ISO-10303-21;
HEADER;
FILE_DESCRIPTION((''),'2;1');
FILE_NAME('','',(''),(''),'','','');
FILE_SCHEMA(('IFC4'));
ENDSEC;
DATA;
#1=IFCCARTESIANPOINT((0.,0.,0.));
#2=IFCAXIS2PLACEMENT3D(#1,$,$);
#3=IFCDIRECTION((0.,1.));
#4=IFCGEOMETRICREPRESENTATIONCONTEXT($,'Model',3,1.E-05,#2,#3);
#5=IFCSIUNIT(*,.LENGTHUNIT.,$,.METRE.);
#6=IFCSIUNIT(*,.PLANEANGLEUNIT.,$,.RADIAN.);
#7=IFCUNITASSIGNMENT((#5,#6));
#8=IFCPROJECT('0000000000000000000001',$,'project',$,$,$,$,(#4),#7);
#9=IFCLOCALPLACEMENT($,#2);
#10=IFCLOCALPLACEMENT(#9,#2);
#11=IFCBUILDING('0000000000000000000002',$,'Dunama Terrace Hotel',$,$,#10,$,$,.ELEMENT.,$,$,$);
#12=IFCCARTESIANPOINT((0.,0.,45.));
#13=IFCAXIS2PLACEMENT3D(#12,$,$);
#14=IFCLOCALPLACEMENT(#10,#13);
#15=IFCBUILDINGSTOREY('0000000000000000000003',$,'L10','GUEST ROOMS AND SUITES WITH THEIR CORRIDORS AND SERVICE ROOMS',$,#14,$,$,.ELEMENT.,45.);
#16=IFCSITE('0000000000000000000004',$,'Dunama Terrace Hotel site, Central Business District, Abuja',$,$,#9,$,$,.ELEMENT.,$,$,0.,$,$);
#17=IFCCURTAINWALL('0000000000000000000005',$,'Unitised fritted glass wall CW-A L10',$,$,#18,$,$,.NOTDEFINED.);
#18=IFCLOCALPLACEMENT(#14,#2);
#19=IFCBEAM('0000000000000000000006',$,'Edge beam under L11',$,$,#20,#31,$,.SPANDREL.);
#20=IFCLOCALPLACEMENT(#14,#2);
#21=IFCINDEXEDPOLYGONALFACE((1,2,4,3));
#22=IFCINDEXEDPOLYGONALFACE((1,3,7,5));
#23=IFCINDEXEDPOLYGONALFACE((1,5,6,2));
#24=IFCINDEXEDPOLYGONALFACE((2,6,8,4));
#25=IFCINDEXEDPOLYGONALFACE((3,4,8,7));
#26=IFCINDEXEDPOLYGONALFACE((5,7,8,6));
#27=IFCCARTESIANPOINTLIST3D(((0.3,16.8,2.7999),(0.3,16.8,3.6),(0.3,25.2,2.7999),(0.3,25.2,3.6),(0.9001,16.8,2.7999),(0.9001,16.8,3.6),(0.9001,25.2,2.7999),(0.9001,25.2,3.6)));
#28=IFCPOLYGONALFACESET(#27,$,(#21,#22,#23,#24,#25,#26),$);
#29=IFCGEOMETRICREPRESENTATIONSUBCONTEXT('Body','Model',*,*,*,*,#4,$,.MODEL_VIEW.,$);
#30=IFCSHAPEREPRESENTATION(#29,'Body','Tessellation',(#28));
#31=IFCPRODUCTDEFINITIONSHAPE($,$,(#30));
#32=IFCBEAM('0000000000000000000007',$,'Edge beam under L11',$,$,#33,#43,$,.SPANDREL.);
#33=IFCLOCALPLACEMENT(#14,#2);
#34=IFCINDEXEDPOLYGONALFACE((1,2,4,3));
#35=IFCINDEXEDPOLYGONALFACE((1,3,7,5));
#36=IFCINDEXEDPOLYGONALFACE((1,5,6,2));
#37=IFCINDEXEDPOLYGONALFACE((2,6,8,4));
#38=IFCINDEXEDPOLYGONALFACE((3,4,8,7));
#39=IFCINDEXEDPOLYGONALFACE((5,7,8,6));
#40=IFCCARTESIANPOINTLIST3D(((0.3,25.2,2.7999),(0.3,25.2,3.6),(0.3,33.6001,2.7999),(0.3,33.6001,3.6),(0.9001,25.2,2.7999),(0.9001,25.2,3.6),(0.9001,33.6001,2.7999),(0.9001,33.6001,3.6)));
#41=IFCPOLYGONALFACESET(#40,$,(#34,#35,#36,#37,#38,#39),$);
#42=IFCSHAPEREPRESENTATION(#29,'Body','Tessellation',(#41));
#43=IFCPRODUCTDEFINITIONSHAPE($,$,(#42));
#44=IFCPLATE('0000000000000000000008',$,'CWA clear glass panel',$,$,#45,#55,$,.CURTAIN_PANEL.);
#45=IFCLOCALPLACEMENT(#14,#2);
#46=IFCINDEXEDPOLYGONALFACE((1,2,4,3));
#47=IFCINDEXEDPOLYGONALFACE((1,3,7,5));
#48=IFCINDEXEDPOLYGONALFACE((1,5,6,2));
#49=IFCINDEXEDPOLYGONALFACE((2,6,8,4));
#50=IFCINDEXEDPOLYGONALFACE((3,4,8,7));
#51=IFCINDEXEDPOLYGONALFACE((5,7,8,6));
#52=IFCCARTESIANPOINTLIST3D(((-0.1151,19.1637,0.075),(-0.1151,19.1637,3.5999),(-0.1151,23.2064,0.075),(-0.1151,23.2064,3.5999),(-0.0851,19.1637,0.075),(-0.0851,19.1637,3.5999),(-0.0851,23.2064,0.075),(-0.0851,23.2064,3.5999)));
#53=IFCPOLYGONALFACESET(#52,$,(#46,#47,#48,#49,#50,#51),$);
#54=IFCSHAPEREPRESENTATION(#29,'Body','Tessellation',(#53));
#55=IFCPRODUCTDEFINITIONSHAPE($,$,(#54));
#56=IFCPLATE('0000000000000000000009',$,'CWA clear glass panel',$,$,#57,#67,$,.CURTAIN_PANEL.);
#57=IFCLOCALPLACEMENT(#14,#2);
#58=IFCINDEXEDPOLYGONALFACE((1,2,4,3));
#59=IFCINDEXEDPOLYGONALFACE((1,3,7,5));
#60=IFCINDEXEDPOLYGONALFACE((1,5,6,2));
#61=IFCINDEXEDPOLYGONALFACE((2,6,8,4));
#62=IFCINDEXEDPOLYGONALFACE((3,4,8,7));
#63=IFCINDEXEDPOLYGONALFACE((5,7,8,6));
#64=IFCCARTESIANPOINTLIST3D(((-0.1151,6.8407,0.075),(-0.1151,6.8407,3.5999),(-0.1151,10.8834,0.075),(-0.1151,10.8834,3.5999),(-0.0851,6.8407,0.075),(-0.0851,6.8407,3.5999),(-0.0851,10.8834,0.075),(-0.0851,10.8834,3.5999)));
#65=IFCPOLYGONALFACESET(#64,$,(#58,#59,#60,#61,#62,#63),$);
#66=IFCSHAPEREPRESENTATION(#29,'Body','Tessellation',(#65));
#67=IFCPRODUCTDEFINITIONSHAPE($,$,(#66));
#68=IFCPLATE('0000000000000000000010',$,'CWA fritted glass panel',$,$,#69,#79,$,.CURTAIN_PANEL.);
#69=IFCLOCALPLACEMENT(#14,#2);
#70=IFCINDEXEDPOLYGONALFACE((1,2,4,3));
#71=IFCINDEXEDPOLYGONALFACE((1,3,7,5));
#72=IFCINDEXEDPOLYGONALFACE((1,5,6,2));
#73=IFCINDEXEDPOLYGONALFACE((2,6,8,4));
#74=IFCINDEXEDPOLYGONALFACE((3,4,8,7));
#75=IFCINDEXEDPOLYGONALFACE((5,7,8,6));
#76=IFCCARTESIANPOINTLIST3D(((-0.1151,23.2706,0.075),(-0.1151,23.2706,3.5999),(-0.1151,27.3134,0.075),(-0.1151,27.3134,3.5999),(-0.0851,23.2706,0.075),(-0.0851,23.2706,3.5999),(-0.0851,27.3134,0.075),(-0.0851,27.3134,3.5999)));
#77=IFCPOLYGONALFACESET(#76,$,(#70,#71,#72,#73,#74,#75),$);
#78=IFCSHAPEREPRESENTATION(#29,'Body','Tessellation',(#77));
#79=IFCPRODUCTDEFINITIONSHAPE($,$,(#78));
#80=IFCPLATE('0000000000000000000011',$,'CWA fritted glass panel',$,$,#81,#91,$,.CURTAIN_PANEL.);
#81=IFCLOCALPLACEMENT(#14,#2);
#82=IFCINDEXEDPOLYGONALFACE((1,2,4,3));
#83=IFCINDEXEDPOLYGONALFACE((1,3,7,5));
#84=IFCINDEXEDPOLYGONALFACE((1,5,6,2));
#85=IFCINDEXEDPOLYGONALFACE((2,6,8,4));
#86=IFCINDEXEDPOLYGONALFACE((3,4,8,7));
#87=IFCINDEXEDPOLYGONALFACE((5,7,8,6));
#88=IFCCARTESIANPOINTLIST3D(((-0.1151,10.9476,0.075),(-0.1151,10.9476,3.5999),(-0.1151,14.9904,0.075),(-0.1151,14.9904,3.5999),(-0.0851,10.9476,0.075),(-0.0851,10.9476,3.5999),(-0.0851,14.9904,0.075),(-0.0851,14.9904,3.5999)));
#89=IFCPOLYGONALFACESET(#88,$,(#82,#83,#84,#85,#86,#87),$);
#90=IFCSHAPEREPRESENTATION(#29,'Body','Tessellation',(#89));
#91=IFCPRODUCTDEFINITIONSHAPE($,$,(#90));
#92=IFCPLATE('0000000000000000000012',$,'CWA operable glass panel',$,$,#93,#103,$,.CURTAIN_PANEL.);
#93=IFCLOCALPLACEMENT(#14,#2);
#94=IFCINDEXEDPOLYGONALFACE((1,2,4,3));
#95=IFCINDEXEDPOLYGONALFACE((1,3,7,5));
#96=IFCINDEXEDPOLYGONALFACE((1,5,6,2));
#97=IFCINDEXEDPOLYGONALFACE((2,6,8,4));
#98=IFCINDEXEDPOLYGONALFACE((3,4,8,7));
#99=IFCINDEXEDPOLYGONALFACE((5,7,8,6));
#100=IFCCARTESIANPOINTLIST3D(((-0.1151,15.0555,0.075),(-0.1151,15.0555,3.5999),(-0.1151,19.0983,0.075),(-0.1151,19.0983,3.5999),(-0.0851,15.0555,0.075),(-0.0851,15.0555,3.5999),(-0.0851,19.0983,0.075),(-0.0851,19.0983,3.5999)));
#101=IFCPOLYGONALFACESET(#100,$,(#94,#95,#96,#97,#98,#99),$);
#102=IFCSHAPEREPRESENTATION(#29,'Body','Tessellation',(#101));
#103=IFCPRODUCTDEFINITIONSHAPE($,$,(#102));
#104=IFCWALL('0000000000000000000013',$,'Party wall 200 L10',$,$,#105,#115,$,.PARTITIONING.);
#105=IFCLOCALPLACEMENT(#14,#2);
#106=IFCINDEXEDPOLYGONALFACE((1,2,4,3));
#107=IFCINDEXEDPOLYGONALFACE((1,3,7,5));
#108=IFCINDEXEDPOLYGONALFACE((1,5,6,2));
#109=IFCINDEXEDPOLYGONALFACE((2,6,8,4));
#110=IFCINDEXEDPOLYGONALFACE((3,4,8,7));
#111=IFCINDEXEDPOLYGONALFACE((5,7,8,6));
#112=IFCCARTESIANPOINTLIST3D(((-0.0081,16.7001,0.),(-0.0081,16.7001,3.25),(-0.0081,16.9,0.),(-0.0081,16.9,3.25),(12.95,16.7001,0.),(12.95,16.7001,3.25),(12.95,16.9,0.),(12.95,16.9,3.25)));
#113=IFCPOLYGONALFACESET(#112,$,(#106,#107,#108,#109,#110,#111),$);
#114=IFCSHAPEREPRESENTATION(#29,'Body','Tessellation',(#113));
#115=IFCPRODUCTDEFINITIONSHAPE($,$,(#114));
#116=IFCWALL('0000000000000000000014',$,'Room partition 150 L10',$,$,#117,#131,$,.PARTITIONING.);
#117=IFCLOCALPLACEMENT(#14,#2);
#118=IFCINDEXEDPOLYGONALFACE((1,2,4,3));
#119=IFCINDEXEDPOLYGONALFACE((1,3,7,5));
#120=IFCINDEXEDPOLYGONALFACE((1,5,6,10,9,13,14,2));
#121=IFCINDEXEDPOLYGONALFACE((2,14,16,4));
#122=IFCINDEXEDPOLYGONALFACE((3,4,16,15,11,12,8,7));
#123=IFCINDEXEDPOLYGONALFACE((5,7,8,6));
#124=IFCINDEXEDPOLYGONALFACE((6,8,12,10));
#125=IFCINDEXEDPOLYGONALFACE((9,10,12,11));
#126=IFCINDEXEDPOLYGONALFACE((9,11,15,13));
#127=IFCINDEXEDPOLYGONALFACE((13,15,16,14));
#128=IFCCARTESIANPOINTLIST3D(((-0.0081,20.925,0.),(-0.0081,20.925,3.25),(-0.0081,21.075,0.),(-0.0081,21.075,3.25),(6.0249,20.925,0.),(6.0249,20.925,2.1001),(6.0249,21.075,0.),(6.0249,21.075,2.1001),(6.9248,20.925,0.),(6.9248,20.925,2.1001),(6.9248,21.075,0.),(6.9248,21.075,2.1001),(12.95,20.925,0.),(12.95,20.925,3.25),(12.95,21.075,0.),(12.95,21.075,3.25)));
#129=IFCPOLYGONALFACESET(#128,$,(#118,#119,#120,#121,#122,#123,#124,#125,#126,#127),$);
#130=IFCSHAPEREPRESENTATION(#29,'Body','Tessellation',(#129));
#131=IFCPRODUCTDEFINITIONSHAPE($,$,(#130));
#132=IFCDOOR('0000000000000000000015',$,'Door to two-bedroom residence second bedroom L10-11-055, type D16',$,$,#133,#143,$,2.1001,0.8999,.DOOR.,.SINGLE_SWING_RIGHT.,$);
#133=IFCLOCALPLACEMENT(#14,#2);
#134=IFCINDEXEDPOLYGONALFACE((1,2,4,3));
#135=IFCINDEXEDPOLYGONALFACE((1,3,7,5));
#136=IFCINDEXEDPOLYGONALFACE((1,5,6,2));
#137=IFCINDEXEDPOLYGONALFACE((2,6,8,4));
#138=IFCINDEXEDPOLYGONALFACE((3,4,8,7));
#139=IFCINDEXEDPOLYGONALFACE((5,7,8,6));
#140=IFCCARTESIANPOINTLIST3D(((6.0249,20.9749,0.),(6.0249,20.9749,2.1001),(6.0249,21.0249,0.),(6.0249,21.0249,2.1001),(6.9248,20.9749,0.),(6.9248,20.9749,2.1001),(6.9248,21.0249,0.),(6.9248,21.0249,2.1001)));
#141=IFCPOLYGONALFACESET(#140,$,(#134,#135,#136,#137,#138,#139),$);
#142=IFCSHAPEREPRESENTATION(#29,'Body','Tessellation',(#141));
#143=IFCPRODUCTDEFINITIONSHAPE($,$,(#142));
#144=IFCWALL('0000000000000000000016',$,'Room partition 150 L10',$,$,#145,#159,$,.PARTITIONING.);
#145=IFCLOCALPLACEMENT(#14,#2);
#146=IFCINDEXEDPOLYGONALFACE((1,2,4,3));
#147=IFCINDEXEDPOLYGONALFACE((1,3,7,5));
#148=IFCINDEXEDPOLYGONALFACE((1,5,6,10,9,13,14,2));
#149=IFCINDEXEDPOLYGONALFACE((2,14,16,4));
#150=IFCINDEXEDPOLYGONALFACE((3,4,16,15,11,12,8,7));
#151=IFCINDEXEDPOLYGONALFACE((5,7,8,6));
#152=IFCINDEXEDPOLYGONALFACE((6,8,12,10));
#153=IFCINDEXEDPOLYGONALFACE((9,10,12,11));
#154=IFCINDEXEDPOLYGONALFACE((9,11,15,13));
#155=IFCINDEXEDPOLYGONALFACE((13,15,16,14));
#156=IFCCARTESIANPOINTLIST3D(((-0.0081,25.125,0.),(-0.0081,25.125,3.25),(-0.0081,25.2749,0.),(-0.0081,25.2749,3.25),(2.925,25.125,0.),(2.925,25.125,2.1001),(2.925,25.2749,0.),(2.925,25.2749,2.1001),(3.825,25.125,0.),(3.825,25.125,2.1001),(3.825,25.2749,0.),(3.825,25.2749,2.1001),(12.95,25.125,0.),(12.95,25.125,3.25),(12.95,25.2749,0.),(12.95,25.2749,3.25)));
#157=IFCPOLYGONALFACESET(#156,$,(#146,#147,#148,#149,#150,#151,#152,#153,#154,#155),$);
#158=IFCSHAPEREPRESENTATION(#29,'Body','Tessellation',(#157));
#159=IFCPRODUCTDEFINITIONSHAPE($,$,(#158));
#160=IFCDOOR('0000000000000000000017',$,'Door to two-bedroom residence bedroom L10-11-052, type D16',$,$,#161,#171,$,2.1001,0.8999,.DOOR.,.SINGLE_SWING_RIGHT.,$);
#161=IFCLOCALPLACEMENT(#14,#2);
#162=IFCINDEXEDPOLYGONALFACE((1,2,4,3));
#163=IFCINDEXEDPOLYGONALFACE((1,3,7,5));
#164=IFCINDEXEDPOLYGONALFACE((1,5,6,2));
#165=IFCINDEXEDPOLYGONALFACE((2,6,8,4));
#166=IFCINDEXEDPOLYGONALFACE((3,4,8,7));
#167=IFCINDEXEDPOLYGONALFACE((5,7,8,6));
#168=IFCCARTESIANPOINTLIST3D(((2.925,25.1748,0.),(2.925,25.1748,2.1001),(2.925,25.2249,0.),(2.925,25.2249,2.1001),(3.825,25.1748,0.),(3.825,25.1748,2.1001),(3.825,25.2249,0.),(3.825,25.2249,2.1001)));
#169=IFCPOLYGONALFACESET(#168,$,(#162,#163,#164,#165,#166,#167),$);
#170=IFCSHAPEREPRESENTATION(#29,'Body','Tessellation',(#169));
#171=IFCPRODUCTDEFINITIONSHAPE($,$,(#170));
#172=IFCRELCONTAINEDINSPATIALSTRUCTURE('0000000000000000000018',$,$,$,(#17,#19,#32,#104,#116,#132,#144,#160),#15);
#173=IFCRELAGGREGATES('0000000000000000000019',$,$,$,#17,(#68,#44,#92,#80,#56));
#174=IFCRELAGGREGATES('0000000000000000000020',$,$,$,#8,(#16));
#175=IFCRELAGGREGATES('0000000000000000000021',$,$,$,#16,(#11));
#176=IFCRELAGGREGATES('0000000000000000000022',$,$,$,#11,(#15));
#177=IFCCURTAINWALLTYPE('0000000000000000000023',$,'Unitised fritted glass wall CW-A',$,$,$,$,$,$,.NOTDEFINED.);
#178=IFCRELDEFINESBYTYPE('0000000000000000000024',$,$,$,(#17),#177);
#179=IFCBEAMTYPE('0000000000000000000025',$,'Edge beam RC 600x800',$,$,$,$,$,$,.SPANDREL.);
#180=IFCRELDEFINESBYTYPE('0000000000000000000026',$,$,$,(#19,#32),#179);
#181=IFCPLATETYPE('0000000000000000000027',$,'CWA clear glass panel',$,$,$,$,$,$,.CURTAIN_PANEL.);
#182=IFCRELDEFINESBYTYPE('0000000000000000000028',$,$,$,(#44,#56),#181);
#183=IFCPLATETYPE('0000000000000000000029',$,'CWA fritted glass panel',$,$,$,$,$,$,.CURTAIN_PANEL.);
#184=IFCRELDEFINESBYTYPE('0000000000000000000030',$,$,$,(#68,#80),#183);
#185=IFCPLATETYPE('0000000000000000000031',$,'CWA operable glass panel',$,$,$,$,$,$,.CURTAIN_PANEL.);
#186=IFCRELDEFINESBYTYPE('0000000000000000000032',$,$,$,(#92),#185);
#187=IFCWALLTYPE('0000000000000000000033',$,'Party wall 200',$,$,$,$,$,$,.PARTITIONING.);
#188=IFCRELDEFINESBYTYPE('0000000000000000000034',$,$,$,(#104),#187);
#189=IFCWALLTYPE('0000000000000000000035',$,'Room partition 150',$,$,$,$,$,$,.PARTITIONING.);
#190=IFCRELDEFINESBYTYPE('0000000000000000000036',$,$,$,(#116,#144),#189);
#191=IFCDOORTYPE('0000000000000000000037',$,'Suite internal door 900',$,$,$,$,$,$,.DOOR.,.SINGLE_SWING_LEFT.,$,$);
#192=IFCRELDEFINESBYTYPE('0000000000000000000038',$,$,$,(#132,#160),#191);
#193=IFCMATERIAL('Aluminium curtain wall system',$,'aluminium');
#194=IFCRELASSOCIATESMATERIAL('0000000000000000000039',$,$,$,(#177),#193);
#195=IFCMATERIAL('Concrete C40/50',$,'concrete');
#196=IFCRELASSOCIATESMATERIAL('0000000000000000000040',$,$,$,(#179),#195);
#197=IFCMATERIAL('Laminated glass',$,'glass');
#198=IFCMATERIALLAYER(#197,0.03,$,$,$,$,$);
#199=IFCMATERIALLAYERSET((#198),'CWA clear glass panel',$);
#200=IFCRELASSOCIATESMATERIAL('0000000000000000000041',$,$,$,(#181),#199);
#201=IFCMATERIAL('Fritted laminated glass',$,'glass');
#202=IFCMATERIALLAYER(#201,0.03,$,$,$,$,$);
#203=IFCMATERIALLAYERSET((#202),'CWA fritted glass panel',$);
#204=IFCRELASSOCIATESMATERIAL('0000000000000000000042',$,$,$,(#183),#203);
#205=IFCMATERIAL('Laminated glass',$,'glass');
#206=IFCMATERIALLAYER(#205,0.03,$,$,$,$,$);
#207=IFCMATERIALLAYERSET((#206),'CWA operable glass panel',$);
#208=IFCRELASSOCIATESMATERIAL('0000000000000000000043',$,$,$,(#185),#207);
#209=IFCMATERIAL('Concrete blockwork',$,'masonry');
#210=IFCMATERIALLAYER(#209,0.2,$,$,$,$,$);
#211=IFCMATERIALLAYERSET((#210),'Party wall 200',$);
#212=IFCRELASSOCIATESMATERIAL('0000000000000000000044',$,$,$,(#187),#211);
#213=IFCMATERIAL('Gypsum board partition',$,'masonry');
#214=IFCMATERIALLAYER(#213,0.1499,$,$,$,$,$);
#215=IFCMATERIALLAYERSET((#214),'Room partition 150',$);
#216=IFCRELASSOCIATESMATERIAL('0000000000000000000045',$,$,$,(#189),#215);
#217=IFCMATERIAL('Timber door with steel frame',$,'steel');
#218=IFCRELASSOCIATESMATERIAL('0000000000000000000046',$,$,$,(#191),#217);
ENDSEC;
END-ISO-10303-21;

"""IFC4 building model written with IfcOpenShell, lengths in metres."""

from ifc_helpers import new_model, si_unit, direction, frame, frame_2d, origin, origin_2d, place, context, subcontext, project, spatial, rectangle, extrude, material, layer, layer_set, material_profile, profile_set, type_object, element, fill, aggregate, save


model = new_model("IFC4")

# Units and contexts
model_context = context("Model", 3, precision=1e-05, world=origin(), true_north=direction((0.0, 1.0)))
body_context = subcontext(model_context, "Body", "Model", "MODEL_VIEW")
ifc_project = project(units=[si_unit("LENGTHUNIT", "METRE"), si_unit("PLANEANGLEUNIT", "RADIAN")], contexts=[model_context])

# Site, building, storey
site_placement = place(None, origin())
site = spatial("IfcSite", under=ifc_project, at=site_placement, Name="Dunama Terrace Hotel site, Central Business District, Abuja", CompositionType="ELEMENT", RefElevation=0.0)
building_placement = place(site_placement, origin())
building = spatial("IfcBuilding", under=site, at=building_placement, Name="Dunama Terrace Hotel", CompositionType="ELEMENT")
storey_placement = place(building_placement, frame((0.0, 0.0, 45.0)))
storey = spatial("IfcBuildingStorey", under=building, at=storey_placement, Name="L10", Description="GUEST ROOMS AND SUITES WITH THEIR CORRIDORS AND SERVICE ROOMS", CompositionType="ELEMENT", Elevation=45.0)

# Curtain wall
ifc_material_1 = material(Name="Aluminium curtain wall system", Category="aluminium")
curtain_wall_type = type_object("IfcCurtainWallType", Name="Unitised fritted glass wall CW-A", PredefinedType="NOTDEFINED", material=ifc_material_1)
curtain_wall_placement = place(storey_placement, origin())
curtain_wall = element("IfcCurtainWall", 1, at=curtain_wall_placement, inside=storey, type_object=curtain_wall_type, Name="Unitised fritted glass wall CW-A L10", PredefinedType="NOTDEFINED")

# Beams
ifc_material_2 = material(Name="Concrete C40/50", Category="concrete")
ifc_material_profile_1 = material_profile(ifc_material_2, rectangle(XDim=0.6001, YDim=0.8, at=origin_2d()), Name="RC 600x800")
ifc_profile_set_1 = profile_set([ifc_material_profile_1], Name="Concrete C40/50")
beam_type = type_object("IfcBeamType", Name="Edge beam RC 600x800", PredefinedType="SPANDREL", material=ifc_profile_set_1)
beam_1_placement = place(storey_placement, frame((0.6001, 16.8, 3.2), z_axis=(0.0, 1.0, 0.0), x_axis=(-1.0, 0.0, 0.0)))
element("IfcBeam", 2, at=beam_1_placement, inside=storey, type_object=beam_type, Name="Edge beam under L11", PredefinedType="SPANDREL", context=body_context, shape_type="SweptSolid", body=[
    extrude(rectangle(XDim=0.6001, YDim=0.8, at=origin_2d()), origin(), (0.0, 0.0, 1.0), 8.3999),
])
beam_2_placement = place(storey_placement, frame((0.6001, 25.2, 3.2), z_axis=(0.0, 1.0, 0.0), x_axis=(-1.0, 0.0, 0.0)))
element("IfcBeam", 3, at=beam_2_placement, inside=storey, type_object=beam_type, Name="Edge beam under L11", PredefinedType="SPANDREL", context=body_context, shape_type="SweptSolid", body=[
    extrude(rectangle(XDim=0.6001, YDim=0.8, at=origin_2d()), origin(), (0.0, 0.0, 1.0), 8.4001),
])

# Plates
ifc_material_3 = material(Name="Laminated glass", Category="glass")
ifc_layer_1 = layer(ifc_material_3, 0.03)
ifc_layer_set_1 = layer_set([ifc_layer_1], Name="CWA clear glass panel")
plate_type_1 = type_object("IfcPlateType", Name="CWA clear glass panel", PredefinedType="CURTAIN_PANEL", material=ifc_layer_set_1)
plate_1_placement = place(storey_placement, frame((-0.1001, 21.1851, 0.075), z_axis=(0.0, 0.0, 1.0), x_axis=(0.0, -1.0, 0.0)))
plate_1 = element("IfcPlate", 4, at=plate_1_placement, type_object=plate_type_1, Name="CWA clear glass panel", PredefinedType="CURTAIN_PANEL", context=body_context, shape_type="SweptSolid", body=[
    extrude(rectangle(XDim=4.0427, YDim=0.03, at=origin_2d()), origin(), (0.0, 0.0, 1.0), 3.5249),
])
plate_2_placement = place(storey_placement, frame((-0.1001, 8.8621, 0.075), z_axis=(0.0, 0.0, 1.0), x_axis=(0.0, -1.0, 0.0)))
plate_2 = element("IfcPlate", 5, at=plate_2_placement, type_object=plate_type_1, Name="CWA clear glass panel", PredefinedType="CURTAIN_PANEL", context=body_context, shape_type="SweptSolid", body=[
    extrude(rectangle(XDim=4.0427, YDim=0.03, at=origin_2d()), origin(), (0.0, 0.0, 1.0), 3.5249),
])
ifc_material_4 = material(Name="Fritted laminated glass", Category="glass")
ifc_layer_2 = layer(ifc_material_4, 0.03)
ifc_layer_set_2 = layer_set([ifc_layer_2], Name="CWA fritted glass panel")
plate_type_2 = type_object("IfcPlateType", Name="CWA fritted glass panel", PredefinedType="CURTAIN_PANEL", material=ifc_layer_set_2)
plate_3_placement = place(storey_placement, frame((-0.1001, 25.292, 0.075), z_axis=(0.0, 0.0, 1.0), x_axis=(0.0, -1.0, 0.0)))
plate_3 = element("IfcPlate", 6, at=plate_3_placement, type_object=plate_type_2, Name="CWA fritted glass panel", PredefinedType="CURTAIN_PANEL", context=body_context, shape_type="SweptSolid", body=[
    extrude(rectangle(XDim=4.0427, YDim=0.03, at=origin_2d()), origin(), (0.0, 0.0, 1.0), 3.5249),
])
plate_4_placement = place(storey_placement, frame((-0.1001, 12.969, 0.075), z_axis=(0.0, 0.0, 1.0), x_axis=(0.0, -1.0, 0.0)))
plate_4 = element("IfcPlate", 7, at=plate_4_placement, type_object=plate_type_2, Name="CWA fritted glass panel", PredefinedType="CURTAIN_PANEL", context=body_context, shape_type="SweptSolid", body=[
    extrude(rectangle(XDim=4.0427, YDim=0.03, at=origin_2d()), origin(), (0.0, 0.0, 1.0), 3.5249),
])
ifc_material_5 = material(Name="Laminated glass", Category="glass")
ifc_layer_3 = layer(ifc_material_5, 0.03)
ifc_layer_set_3 = layer_set([ifc_layer_3], Name="CWA operable glass panel")
plate_type_3 = type_object("IfcPlateType", Name="CWA operable glass panel", PredefinedType="CURTAIN_PANEL", material=ifc_layer_set_3)
plate_5_placement = place(storey_placement, frame((-0.1001, 17.0769, 0.075), z_axis=(0.0, 0.0, 1.0), x_axis=(0.0, -1.0, 0.0)))
plate_5 = element("IfcPlate", 8, at=plate_5_placement, type_object=plate_type_3, Name="CWA operable glass panel", PredefinedType="CURTAIN_PANEL", context=body_context, shape_type="SweptSolid", body=[
    extrude(rectangle(XDim=4.0427, YDim=0.03, at=origin_2d()), origin(), (0.0, 0.0, 1.0), 3.5249),
])
aggregate(curtain_wall, [plate_3, plate_1, plate_5, plate_4, plate_2])

# Wall
ifc_material_6 = material(Name="Concrete blockwork", Category="masonry")
ifc_layer_4 = layer(ifc_material_6, 0.2)
ifc_layer_set_4 = layer_set([ifc_layer_4], Name="Party wall 200")
wall_type_1 = type_object("IfcWallType", Name="Party wall 200", PredefinedType="PARTITIONING", material=ifc_layer_set_4)
wall_1_placement = place(storey_placement, frame((-0.0081, 16.8, 0.0), z_axis=(0.0, 0.0, 1.0), x_axis=(1.0, 0.0, 0.0)))
element("IfcWall", 9, at=wall_1_placement, inside=storey, type_object=wall_type_1, Name="Party wall 200 L10", PredefinedType="PARTITIONING", context=body_context, shape_type="SweptSolid", body=[
    extrude(rectangle(XDim=12.958, YDim=0.2, at=frame_2d((6.479, 0.0))), origin(), (0.0, 0.0, 1.0), 3.25),
])

# Walls, openings, doors
ifc_material_7 = material(Name="Gypsum board partition", Category="masonry")
ifc_layer_5 = layer(ifc_material_7, 0.1499)
ifc_layer_set_5 = layer_set([ifc_layer_5], Name="Room partition 150")
wall_type_2 = type_object("IfcWallType", Name="Room partition 150", PredefinedType="PARTITIONING", material=ifc_layer_set_5)
wall_2_placement = place(storey_placement, frame((-0.0081, 21.0, 0.0), z_axis=(0.0, 0.0, 1.0), x_axis=(1.0, 0.0, 0.0)))
wall_2 = element("IfcWall", 10, at=wall_2_placement, inside=storey, type_object=wall_type_2, Name="Room partition 150 L10", PredefinedType="PARTITIONING", context=body_context, shape_type="SweptSolid", body=[
    extrude(rectangle(XDim=12.958, YDim=0.1499, at=frame_2d((6.479, 0.0))), origin(), (0.0, 0.0, 1.0), 3.25),
])
opening_1_placement = place(wall_2_placement, frame((6.033, 0.0, 0.0)))
opening_1 = element("IfcOpeningElement", 11, at=opening_1_placement, cuts=wall_2, PredefinedType="OPENING", context=body_context, shape_type="SweptSolid", body=[
    extrude(rectangle(XDim=0.8999, YDim=2.1001, at=frame_2d((0.45, 1.05))), frame((0.0, 0.085, 0.0), z_axis=(0.0, -1.0, 0.0), x_axis=(1.0, 0.0, 0.0)), (0.0, 0.0, 1.0), 0.1699),
])
ifc_material_8 = material(Name="Timber door with steel frame", Category="steel")
door_type = type_object("IfcDoorType", Name="Suite internal door 900", OperationType="SINGLE_SWING_LEFT", PredefinedType="DOOR", material=ifc_material_8)
door_1_placement = place(opening_1_placement, frame((0.8999, 0.0, 0.0), z_axis=(0.0, 0.0, 1.0), x_axis=(-1.0, 0.0, 0.0)))
door_1 = element("IfcDoor", 12, at=door_1_placement, inside=storey, type_object=door_type, Name="Door to two-bedroom residence second bedroom L10-11-055, type D16", OperationType="SINGLE_SWING_RIGHT", OverallHeight=2.1001, OverallWidth=0.8999, PredefinedType="DOOR", context=body_context, shape_type="SweptSolid", body=[
    extrude(rectangle(XDim=0.8999, YDim=2.1001, at=frame_2d((0.45, 1.05))), frame((0.0, 0.0251, 0.0), z_axis=(0.0, -1.0, 0.0), x_axis=(1.0, 0.0, 0.0)), (0.0, 0.0, 1.0), 0.05),
])
fill(opening_1, door_1)
wall_3_placement = place(storey_placement, frame((-0.0081, 25.2, 0.0), z_axis=(0.0, 0.0, 1.0), x_axis=(1.0, 0.0, 0.0)))
wall_3 = element("IfcWall", 13, at=wall_3_placement, inside=storey, type_object=wall_type_2, Name="Room partition 150 L10", PredefinedType="PARTITIONING", context=body_context, shape_type="SweptSolid", body=[
    extrude(rectangle(XDim=12.958, YDim=0.1499, at=frame_2d((6.479, 0.0))), origin(), (0.0, 0.0, 1.0), 3.25),
])
opening_2_placement = place(wall_3_placement, frame((2.9331, 0.0, 0.0)))
opening_2 = element("IfcOpeningElement", 14, at=opening_2_placement, cuts=wall_3, PredefinedType="OPENING", context=body_context, shape_type="SweptSolid", body=[
    extrude(rectangle(XDim=0.8999, YDim=2.1001, at=frame_2d((0.45, 1.05))), frame((0.0, 0.085, 0.0), z_axis=(0.0, -1.0, 0.0), x_axis=(1.0, 0.0, 0.0)), (0.0, 0.0, 1.0), 0.1699),
])
door_2_placement = place(opening_2_placement, origin())
door_2 = element("IfcDoor", 15, at=door_2_placement, inside=storey, type_object=door_type, Name="Door to two-bedroom residence bedroom L10-11-052, type D16", OperationType="SINGLE_SWING_RIGHT", OverallHeight=2.1001, OverallWidth=0.8999, PredefinedType="DOOR", context=body_context, shape_type="SweptSolid", body=[
    extrude(rectangle(XDim=0.8999, YDim=2.1001, at=frame_2d((0.45, 1.05))), frame((0.0, 0.0249, 0.0), z_axis=(0.0, -1.0, 0.0), x_axis=(1.0, 0.0, 0.0)), (0.0, 0.0, 1.0), 0.05),
])
fill(opening_2, door_2)

save(model, "model.ifc")
